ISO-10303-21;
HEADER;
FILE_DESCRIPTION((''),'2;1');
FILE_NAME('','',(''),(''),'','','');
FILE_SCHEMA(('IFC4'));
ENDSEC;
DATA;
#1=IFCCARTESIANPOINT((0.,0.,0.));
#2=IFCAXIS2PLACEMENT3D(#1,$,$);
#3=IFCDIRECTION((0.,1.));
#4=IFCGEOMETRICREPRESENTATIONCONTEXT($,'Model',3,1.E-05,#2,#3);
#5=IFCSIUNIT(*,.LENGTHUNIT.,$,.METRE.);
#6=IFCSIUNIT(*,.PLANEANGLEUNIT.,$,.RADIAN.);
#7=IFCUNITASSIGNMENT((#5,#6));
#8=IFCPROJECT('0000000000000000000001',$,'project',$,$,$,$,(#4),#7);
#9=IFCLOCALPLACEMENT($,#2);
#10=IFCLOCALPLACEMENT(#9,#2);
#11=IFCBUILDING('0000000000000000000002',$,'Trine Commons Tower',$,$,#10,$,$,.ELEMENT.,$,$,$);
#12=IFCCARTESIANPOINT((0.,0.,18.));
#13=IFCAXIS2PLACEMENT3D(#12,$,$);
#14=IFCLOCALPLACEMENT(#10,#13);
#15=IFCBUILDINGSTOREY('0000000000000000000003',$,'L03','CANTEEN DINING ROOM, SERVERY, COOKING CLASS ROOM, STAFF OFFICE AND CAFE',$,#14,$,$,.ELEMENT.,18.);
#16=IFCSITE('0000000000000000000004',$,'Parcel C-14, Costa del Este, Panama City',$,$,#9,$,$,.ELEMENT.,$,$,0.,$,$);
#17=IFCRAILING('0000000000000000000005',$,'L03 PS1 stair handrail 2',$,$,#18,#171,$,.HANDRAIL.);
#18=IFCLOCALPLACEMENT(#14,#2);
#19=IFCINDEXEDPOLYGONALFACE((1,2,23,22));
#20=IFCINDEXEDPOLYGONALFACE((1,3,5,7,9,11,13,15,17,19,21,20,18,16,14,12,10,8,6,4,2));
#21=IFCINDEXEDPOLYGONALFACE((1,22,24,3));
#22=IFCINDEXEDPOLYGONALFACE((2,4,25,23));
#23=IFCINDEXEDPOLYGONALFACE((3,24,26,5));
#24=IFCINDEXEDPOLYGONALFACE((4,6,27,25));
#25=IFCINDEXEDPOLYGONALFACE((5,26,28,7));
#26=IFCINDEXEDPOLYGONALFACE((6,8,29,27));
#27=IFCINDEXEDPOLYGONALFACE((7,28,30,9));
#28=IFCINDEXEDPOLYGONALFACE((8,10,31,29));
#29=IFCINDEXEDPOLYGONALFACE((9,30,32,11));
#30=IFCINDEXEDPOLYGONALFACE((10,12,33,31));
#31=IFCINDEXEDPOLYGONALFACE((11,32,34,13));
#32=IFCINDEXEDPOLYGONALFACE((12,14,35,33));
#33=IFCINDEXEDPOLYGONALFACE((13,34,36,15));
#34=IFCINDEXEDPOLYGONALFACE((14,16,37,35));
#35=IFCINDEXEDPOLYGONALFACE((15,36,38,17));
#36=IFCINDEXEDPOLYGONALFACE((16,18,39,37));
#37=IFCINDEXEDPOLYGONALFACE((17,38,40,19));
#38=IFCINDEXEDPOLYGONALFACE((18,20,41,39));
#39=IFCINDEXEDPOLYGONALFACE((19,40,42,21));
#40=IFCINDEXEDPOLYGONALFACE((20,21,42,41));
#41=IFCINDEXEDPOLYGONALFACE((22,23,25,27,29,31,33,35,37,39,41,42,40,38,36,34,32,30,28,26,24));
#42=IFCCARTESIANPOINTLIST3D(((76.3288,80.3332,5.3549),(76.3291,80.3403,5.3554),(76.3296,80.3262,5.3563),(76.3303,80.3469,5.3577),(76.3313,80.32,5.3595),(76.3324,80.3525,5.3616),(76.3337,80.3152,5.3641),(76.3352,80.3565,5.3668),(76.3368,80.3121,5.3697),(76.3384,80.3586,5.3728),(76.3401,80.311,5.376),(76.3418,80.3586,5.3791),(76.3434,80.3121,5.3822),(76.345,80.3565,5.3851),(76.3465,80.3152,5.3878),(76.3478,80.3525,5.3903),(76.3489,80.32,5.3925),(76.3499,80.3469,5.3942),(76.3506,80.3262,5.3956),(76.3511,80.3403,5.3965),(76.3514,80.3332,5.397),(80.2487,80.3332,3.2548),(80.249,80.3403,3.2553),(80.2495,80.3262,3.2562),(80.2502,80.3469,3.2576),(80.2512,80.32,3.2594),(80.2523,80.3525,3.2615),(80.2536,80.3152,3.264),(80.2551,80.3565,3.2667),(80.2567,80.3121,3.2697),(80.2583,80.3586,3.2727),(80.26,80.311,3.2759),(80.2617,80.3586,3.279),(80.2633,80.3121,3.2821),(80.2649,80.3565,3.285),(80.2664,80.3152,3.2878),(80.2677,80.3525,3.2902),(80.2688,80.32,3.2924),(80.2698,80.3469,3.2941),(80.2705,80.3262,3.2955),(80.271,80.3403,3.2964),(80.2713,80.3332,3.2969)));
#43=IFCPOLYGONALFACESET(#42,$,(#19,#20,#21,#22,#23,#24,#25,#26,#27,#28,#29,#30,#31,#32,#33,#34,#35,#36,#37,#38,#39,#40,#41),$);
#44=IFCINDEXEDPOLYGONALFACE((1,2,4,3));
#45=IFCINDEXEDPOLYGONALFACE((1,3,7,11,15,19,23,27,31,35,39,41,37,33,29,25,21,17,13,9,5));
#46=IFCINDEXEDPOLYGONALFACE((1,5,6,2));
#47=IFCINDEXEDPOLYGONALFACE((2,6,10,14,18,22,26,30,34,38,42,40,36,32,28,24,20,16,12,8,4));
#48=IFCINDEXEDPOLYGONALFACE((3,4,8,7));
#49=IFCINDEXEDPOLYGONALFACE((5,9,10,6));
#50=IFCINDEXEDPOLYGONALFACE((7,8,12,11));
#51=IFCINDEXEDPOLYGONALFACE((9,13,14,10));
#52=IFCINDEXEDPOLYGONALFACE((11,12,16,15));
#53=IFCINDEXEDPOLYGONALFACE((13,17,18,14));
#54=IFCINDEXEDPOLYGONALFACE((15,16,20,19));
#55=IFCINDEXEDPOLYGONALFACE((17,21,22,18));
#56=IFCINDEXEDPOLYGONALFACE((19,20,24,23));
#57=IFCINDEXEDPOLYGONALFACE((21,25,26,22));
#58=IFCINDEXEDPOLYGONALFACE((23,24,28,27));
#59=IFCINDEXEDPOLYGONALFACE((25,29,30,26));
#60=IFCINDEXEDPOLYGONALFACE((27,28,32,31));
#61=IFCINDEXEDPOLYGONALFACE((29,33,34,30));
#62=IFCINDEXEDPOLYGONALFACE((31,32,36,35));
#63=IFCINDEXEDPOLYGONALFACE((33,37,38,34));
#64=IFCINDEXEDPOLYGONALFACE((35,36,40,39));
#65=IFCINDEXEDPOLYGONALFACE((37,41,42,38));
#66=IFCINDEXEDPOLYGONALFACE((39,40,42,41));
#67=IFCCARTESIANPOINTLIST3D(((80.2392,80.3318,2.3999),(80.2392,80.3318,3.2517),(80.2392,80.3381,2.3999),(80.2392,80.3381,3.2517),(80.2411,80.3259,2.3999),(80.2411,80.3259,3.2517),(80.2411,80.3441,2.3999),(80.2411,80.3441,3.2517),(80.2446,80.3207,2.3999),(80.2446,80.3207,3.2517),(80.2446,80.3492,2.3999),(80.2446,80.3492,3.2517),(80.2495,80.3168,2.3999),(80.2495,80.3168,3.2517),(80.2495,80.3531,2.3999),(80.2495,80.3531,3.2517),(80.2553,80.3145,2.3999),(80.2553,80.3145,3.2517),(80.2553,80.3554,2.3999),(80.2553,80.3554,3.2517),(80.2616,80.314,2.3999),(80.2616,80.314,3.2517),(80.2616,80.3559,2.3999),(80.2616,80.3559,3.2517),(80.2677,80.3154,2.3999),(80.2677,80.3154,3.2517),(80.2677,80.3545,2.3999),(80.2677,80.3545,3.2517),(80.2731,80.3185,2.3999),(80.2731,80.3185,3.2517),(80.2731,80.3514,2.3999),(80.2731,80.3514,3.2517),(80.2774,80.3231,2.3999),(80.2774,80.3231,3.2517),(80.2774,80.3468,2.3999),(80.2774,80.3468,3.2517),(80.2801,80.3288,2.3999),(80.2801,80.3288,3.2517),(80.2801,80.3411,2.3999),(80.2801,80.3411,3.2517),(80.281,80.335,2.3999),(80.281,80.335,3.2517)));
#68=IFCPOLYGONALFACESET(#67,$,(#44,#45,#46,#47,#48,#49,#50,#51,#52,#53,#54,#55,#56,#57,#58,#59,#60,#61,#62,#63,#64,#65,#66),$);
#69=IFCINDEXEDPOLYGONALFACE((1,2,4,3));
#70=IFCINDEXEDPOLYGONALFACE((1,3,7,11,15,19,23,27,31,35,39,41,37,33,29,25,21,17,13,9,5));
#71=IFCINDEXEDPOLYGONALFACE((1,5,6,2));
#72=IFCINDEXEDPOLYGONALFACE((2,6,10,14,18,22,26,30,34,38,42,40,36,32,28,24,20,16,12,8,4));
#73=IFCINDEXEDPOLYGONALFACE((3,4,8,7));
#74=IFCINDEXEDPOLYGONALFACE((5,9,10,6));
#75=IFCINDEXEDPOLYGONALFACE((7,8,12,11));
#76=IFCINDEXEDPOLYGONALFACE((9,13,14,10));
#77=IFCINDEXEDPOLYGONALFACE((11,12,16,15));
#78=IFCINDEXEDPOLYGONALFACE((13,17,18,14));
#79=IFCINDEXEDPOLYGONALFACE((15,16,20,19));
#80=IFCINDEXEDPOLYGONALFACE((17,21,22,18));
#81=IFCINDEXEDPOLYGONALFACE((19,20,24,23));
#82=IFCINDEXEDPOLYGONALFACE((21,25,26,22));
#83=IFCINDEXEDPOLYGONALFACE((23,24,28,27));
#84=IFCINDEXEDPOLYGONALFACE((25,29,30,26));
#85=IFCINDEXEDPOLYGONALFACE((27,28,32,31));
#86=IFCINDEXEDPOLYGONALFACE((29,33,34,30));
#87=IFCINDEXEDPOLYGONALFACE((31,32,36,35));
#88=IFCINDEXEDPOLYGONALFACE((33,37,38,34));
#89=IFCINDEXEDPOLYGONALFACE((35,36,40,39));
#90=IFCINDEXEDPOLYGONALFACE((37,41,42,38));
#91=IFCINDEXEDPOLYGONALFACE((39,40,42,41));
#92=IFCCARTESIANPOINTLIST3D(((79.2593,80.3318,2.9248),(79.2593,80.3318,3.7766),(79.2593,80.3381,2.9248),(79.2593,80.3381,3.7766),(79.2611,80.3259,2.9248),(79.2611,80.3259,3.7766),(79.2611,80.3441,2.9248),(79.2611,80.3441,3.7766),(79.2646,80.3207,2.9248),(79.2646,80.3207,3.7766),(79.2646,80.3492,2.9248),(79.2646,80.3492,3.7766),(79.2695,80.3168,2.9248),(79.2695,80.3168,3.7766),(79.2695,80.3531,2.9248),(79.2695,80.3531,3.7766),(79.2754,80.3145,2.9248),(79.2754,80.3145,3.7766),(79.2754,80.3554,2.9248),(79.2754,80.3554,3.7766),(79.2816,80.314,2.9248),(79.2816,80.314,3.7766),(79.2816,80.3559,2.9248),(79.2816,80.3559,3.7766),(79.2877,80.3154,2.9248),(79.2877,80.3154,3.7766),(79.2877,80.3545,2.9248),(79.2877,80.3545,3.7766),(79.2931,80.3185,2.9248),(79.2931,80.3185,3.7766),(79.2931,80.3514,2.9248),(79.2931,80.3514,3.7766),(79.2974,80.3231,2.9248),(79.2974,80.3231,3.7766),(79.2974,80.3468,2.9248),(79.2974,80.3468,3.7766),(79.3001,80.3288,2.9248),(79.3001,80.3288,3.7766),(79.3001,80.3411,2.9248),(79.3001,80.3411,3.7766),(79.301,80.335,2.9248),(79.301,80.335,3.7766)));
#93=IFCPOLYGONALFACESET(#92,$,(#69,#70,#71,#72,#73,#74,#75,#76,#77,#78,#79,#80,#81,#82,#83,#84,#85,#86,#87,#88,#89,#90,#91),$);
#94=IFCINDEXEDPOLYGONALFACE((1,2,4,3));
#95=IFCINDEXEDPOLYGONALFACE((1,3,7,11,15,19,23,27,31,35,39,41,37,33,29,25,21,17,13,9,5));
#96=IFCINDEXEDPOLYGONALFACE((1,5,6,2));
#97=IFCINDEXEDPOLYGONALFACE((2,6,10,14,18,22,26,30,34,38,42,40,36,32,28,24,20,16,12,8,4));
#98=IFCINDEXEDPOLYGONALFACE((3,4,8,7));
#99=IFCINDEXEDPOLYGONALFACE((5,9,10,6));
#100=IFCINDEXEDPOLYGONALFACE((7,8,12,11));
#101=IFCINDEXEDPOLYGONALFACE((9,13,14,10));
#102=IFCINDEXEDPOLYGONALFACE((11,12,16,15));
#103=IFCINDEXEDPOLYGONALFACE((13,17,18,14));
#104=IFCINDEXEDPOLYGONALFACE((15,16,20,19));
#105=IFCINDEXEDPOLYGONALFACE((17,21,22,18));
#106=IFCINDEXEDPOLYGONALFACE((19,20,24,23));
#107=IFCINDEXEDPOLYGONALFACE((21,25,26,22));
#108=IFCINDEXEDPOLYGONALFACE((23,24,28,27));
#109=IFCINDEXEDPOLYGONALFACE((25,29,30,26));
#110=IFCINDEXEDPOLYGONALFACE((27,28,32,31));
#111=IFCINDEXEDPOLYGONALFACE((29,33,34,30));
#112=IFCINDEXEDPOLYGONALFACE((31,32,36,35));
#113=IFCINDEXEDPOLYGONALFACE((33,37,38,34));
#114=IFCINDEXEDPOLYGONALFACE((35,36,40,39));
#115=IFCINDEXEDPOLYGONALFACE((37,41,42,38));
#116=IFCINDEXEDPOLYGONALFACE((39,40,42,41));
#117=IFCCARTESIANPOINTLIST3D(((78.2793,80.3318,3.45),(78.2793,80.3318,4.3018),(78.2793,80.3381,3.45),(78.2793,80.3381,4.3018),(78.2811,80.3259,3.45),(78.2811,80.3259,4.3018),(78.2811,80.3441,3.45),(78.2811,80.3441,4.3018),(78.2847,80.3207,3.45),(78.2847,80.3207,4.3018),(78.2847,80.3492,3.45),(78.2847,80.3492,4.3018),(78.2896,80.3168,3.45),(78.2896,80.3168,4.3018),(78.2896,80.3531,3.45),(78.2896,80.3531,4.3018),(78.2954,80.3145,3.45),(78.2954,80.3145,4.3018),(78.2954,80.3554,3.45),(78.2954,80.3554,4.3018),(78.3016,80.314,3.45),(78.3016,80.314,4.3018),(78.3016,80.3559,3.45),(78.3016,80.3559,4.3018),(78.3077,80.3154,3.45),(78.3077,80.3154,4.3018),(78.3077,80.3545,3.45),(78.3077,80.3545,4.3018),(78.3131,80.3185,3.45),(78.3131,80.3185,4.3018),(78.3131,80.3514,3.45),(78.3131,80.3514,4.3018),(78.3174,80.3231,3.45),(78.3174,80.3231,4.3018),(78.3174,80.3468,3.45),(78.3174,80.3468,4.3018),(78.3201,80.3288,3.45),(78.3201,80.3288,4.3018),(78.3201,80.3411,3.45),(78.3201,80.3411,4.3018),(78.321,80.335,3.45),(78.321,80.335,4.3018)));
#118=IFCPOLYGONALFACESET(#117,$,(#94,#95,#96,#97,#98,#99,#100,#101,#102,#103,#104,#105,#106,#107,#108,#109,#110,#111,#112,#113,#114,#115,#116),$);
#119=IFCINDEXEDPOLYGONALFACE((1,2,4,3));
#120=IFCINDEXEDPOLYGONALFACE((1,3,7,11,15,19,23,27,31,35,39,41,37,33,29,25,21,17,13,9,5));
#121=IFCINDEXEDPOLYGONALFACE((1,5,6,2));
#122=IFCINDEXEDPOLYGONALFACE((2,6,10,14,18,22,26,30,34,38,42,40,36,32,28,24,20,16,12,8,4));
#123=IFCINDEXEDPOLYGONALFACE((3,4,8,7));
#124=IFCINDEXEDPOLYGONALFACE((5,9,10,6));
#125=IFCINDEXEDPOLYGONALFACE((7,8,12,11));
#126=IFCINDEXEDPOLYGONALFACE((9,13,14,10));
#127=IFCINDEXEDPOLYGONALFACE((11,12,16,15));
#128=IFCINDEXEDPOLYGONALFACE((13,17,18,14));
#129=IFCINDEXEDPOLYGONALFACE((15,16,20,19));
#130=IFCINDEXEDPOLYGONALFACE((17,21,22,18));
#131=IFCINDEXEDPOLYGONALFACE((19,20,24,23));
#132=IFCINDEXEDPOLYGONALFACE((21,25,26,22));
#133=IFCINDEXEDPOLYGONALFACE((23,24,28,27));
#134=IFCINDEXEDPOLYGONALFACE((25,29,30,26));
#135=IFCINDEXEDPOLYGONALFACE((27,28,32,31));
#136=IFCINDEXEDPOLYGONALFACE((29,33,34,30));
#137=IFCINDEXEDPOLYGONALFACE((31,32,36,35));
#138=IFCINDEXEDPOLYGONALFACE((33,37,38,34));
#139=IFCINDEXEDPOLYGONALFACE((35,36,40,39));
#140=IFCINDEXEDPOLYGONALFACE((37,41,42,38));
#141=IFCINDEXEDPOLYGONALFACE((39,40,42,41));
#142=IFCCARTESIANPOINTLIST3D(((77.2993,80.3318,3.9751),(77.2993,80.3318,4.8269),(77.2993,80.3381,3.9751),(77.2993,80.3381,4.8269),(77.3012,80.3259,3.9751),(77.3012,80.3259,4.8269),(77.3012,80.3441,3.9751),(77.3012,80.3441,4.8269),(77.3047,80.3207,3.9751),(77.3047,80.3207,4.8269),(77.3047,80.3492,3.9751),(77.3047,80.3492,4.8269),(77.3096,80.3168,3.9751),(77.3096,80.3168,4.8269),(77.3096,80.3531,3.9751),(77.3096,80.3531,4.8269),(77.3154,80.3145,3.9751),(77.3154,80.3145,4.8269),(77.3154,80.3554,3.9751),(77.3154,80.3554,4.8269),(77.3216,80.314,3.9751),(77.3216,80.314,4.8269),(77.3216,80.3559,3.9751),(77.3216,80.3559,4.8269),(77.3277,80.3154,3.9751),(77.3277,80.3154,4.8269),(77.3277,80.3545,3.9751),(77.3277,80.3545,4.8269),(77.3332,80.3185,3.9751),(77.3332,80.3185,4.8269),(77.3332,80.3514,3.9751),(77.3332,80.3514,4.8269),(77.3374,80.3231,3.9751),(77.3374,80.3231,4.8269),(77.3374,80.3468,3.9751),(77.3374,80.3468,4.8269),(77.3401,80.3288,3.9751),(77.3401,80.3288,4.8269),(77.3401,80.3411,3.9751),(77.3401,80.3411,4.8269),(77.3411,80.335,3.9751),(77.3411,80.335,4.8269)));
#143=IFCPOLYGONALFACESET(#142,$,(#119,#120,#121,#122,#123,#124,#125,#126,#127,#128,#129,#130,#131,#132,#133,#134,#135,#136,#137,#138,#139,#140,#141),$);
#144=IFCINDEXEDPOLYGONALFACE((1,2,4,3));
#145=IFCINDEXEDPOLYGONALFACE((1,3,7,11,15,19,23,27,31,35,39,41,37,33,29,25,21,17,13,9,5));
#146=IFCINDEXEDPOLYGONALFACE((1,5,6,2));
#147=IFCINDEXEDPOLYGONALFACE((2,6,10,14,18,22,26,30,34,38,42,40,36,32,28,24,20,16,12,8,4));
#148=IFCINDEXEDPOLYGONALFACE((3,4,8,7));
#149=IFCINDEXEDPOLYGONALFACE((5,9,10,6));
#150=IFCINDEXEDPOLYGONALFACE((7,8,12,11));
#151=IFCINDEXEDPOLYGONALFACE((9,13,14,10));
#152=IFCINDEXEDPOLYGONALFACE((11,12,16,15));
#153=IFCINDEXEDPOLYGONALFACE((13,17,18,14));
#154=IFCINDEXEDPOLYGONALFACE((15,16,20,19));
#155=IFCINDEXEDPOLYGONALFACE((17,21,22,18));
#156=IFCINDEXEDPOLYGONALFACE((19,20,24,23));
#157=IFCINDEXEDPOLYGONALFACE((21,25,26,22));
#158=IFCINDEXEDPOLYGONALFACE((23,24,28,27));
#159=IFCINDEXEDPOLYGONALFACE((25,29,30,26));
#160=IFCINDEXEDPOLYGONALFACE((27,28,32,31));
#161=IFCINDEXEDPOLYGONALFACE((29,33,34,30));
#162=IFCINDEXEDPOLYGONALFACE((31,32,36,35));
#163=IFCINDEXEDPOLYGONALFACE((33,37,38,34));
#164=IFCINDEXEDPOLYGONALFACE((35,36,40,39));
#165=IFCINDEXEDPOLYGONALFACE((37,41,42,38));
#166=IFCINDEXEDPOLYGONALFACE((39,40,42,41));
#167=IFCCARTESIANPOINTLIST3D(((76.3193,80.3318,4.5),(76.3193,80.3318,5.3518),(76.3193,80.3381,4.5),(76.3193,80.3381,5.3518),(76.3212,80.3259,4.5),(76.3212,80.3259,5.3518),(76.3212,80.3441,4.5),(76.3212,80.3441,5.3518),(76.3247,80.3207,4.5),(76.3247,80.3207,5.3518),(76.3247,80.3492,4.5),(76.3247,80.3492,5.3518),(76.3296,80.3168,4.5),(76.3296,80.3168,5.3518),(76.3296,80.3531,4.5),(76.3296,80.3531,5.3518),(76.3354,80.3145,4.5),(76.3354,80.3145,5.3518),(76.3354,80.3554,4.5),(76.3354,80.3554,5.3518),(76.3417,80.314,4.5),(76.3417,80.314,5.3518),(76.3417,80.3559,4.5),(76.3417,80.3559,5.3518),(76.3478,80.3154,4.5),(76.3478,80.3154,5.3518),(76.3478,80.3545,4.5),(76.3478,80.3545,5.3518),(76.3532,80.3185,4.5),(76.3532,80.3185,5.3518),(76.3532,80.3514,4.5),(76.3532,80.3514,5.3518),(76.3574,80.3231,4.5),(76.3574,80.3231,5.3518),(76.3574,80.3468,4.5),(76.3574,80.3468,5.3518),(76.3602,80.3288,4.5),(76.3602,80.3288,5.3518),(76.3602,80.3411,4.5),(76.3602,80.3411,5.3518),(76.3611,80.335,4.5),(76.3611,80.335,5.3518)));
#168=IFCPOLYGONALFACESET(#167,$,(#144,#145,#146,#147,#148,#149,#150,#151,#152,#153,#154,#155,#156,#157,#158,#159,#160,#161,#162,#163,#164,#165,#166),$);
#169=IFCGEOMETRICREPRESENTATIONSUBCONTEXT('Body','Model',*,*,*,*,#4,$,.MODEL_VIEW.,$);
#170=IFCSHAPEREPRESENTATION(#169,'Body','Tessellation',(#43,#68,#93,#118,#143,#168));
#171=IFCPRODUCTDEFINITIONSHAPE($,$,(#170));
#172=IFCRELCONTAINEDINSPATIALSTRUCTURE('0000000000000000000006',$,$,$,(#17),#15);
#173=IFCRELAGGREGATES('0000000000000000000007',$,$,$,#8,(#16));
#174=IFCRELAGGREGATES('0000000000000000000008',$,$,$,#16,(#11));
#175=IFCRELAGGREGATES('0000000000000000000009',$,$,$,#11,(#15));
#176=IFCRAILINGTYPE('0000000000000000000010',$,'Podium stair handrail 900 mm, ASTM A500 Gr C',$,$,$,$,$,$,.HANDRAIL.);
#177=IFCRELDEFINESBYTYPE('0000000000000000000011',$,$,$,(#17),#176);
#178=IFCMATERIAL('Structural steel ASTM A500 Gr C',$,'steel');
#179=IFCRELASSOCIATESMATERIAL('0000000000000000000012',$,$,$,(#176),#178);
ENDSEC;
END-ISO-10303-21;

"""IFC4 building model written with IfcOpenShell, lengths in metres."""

from ifc_helpers import new_model, si_unit, direction, frame, origin, origin_2d, place, context, subcontext, project, spatial, circle, extrude, material, type_object, element, save


model = new_model("IFC4")

# Units and contexts
model_context = context("Model", 3, precision=1e-05, world=origin(), true_north=direction((0.0, 1.0)))
body_context = subcontext(model_context, "Body", "Model", "MODEL_VIEW")
ifc_project = project(units=[si_unit("LENGTHUNIT", "METRE"), si_unit("PLANEANGLEUNIT", "RADIAN")], contexts=[model_context])

# Site, building, storey
site_placement = place(None, origin())
site = spatial("IfcSite", under=ifc_project, at=site_placement, Name="Parcel C-14, Costa del Este, Panama City", CompositionType="ELEMENT", RefElevation=0.0)
building_placement = place(site_placement, origin())
building = spatial("IfcBuilding", under=site, at=building_placement, Name="Trine Commons Tower", CompositionType="ELEMENT")
storey_placement = place(building_placement, frame((0.0, 0.0, 18.0)))
storey = spatial("IfcBuildingStorey", under=building, at=storey_placement, Name="L03", Description="CANTEEN DINING ROOM, SERVERY, COOKING CLASS ROOM, STAFF OFFICE AND CAFE", CompositionType="ELEMENT", Elevation=18.0)

# Railing
ifc_material_1 = material(Name="Structural steel ASTM A500 Gr C", Category="steel")
railing_type_1 = type_object("IfcRailingType", Name="Podium stair handrail 900 mm, ASTM A500 Gr C", PredefinedType="HANDRAIL", material=ifc_material_1)
railing_1_placement = place(storey_placement, frame((80.26, 80.335, 2.3999)))
element("IfcRailing", 1, at=railing_1_placement, inside=storey, type_object=railing_type_1, Name="L03 PS1 stair handrail 2", PredefinedType="HANDRAIL", context=body_context, shape_type="SweptSolid", body=[
    extrude(circle(Radius=0.0239, at=origin_2d()), frame((0.0, 0.0, 0.876), z_axis=(-0.881467, 0.0, 0.472246), x_axis=(0.0, -1.0, 0.0)), (0.0, 0.0, 1.0), 4.447),
    extrude(circle(Radius=0.021, at=origin_2d()), origin(), (0.0, 0.0, 1.0), 0.8518),
    extrude(circle(Radius=0.021, at=origin_2d()), frame((-0.98, 0.0, 0.5249)), (0.0, 0.0, 1.0), 0.8518),
    extrude(circle(Radius=0.021, at=origin_2d()), frame((-1.96, 0.0, 1.05)), (0.0, 0.0, 1.0), 0.8518),
    extrude(circle(Radius=0.021, at=origin_2d()), frame((-2.9399, 0.0, 1.5752)), (0.0, 0.0, 1.0), 0.8518),
    extrude(circle(Radius=0.021, at=origin_2d()), frame((-3.9199, 0.0, 2.1001)), (0.0, 0.0, 1.0), 0.8518),
])

save(model, "model.ifc")
